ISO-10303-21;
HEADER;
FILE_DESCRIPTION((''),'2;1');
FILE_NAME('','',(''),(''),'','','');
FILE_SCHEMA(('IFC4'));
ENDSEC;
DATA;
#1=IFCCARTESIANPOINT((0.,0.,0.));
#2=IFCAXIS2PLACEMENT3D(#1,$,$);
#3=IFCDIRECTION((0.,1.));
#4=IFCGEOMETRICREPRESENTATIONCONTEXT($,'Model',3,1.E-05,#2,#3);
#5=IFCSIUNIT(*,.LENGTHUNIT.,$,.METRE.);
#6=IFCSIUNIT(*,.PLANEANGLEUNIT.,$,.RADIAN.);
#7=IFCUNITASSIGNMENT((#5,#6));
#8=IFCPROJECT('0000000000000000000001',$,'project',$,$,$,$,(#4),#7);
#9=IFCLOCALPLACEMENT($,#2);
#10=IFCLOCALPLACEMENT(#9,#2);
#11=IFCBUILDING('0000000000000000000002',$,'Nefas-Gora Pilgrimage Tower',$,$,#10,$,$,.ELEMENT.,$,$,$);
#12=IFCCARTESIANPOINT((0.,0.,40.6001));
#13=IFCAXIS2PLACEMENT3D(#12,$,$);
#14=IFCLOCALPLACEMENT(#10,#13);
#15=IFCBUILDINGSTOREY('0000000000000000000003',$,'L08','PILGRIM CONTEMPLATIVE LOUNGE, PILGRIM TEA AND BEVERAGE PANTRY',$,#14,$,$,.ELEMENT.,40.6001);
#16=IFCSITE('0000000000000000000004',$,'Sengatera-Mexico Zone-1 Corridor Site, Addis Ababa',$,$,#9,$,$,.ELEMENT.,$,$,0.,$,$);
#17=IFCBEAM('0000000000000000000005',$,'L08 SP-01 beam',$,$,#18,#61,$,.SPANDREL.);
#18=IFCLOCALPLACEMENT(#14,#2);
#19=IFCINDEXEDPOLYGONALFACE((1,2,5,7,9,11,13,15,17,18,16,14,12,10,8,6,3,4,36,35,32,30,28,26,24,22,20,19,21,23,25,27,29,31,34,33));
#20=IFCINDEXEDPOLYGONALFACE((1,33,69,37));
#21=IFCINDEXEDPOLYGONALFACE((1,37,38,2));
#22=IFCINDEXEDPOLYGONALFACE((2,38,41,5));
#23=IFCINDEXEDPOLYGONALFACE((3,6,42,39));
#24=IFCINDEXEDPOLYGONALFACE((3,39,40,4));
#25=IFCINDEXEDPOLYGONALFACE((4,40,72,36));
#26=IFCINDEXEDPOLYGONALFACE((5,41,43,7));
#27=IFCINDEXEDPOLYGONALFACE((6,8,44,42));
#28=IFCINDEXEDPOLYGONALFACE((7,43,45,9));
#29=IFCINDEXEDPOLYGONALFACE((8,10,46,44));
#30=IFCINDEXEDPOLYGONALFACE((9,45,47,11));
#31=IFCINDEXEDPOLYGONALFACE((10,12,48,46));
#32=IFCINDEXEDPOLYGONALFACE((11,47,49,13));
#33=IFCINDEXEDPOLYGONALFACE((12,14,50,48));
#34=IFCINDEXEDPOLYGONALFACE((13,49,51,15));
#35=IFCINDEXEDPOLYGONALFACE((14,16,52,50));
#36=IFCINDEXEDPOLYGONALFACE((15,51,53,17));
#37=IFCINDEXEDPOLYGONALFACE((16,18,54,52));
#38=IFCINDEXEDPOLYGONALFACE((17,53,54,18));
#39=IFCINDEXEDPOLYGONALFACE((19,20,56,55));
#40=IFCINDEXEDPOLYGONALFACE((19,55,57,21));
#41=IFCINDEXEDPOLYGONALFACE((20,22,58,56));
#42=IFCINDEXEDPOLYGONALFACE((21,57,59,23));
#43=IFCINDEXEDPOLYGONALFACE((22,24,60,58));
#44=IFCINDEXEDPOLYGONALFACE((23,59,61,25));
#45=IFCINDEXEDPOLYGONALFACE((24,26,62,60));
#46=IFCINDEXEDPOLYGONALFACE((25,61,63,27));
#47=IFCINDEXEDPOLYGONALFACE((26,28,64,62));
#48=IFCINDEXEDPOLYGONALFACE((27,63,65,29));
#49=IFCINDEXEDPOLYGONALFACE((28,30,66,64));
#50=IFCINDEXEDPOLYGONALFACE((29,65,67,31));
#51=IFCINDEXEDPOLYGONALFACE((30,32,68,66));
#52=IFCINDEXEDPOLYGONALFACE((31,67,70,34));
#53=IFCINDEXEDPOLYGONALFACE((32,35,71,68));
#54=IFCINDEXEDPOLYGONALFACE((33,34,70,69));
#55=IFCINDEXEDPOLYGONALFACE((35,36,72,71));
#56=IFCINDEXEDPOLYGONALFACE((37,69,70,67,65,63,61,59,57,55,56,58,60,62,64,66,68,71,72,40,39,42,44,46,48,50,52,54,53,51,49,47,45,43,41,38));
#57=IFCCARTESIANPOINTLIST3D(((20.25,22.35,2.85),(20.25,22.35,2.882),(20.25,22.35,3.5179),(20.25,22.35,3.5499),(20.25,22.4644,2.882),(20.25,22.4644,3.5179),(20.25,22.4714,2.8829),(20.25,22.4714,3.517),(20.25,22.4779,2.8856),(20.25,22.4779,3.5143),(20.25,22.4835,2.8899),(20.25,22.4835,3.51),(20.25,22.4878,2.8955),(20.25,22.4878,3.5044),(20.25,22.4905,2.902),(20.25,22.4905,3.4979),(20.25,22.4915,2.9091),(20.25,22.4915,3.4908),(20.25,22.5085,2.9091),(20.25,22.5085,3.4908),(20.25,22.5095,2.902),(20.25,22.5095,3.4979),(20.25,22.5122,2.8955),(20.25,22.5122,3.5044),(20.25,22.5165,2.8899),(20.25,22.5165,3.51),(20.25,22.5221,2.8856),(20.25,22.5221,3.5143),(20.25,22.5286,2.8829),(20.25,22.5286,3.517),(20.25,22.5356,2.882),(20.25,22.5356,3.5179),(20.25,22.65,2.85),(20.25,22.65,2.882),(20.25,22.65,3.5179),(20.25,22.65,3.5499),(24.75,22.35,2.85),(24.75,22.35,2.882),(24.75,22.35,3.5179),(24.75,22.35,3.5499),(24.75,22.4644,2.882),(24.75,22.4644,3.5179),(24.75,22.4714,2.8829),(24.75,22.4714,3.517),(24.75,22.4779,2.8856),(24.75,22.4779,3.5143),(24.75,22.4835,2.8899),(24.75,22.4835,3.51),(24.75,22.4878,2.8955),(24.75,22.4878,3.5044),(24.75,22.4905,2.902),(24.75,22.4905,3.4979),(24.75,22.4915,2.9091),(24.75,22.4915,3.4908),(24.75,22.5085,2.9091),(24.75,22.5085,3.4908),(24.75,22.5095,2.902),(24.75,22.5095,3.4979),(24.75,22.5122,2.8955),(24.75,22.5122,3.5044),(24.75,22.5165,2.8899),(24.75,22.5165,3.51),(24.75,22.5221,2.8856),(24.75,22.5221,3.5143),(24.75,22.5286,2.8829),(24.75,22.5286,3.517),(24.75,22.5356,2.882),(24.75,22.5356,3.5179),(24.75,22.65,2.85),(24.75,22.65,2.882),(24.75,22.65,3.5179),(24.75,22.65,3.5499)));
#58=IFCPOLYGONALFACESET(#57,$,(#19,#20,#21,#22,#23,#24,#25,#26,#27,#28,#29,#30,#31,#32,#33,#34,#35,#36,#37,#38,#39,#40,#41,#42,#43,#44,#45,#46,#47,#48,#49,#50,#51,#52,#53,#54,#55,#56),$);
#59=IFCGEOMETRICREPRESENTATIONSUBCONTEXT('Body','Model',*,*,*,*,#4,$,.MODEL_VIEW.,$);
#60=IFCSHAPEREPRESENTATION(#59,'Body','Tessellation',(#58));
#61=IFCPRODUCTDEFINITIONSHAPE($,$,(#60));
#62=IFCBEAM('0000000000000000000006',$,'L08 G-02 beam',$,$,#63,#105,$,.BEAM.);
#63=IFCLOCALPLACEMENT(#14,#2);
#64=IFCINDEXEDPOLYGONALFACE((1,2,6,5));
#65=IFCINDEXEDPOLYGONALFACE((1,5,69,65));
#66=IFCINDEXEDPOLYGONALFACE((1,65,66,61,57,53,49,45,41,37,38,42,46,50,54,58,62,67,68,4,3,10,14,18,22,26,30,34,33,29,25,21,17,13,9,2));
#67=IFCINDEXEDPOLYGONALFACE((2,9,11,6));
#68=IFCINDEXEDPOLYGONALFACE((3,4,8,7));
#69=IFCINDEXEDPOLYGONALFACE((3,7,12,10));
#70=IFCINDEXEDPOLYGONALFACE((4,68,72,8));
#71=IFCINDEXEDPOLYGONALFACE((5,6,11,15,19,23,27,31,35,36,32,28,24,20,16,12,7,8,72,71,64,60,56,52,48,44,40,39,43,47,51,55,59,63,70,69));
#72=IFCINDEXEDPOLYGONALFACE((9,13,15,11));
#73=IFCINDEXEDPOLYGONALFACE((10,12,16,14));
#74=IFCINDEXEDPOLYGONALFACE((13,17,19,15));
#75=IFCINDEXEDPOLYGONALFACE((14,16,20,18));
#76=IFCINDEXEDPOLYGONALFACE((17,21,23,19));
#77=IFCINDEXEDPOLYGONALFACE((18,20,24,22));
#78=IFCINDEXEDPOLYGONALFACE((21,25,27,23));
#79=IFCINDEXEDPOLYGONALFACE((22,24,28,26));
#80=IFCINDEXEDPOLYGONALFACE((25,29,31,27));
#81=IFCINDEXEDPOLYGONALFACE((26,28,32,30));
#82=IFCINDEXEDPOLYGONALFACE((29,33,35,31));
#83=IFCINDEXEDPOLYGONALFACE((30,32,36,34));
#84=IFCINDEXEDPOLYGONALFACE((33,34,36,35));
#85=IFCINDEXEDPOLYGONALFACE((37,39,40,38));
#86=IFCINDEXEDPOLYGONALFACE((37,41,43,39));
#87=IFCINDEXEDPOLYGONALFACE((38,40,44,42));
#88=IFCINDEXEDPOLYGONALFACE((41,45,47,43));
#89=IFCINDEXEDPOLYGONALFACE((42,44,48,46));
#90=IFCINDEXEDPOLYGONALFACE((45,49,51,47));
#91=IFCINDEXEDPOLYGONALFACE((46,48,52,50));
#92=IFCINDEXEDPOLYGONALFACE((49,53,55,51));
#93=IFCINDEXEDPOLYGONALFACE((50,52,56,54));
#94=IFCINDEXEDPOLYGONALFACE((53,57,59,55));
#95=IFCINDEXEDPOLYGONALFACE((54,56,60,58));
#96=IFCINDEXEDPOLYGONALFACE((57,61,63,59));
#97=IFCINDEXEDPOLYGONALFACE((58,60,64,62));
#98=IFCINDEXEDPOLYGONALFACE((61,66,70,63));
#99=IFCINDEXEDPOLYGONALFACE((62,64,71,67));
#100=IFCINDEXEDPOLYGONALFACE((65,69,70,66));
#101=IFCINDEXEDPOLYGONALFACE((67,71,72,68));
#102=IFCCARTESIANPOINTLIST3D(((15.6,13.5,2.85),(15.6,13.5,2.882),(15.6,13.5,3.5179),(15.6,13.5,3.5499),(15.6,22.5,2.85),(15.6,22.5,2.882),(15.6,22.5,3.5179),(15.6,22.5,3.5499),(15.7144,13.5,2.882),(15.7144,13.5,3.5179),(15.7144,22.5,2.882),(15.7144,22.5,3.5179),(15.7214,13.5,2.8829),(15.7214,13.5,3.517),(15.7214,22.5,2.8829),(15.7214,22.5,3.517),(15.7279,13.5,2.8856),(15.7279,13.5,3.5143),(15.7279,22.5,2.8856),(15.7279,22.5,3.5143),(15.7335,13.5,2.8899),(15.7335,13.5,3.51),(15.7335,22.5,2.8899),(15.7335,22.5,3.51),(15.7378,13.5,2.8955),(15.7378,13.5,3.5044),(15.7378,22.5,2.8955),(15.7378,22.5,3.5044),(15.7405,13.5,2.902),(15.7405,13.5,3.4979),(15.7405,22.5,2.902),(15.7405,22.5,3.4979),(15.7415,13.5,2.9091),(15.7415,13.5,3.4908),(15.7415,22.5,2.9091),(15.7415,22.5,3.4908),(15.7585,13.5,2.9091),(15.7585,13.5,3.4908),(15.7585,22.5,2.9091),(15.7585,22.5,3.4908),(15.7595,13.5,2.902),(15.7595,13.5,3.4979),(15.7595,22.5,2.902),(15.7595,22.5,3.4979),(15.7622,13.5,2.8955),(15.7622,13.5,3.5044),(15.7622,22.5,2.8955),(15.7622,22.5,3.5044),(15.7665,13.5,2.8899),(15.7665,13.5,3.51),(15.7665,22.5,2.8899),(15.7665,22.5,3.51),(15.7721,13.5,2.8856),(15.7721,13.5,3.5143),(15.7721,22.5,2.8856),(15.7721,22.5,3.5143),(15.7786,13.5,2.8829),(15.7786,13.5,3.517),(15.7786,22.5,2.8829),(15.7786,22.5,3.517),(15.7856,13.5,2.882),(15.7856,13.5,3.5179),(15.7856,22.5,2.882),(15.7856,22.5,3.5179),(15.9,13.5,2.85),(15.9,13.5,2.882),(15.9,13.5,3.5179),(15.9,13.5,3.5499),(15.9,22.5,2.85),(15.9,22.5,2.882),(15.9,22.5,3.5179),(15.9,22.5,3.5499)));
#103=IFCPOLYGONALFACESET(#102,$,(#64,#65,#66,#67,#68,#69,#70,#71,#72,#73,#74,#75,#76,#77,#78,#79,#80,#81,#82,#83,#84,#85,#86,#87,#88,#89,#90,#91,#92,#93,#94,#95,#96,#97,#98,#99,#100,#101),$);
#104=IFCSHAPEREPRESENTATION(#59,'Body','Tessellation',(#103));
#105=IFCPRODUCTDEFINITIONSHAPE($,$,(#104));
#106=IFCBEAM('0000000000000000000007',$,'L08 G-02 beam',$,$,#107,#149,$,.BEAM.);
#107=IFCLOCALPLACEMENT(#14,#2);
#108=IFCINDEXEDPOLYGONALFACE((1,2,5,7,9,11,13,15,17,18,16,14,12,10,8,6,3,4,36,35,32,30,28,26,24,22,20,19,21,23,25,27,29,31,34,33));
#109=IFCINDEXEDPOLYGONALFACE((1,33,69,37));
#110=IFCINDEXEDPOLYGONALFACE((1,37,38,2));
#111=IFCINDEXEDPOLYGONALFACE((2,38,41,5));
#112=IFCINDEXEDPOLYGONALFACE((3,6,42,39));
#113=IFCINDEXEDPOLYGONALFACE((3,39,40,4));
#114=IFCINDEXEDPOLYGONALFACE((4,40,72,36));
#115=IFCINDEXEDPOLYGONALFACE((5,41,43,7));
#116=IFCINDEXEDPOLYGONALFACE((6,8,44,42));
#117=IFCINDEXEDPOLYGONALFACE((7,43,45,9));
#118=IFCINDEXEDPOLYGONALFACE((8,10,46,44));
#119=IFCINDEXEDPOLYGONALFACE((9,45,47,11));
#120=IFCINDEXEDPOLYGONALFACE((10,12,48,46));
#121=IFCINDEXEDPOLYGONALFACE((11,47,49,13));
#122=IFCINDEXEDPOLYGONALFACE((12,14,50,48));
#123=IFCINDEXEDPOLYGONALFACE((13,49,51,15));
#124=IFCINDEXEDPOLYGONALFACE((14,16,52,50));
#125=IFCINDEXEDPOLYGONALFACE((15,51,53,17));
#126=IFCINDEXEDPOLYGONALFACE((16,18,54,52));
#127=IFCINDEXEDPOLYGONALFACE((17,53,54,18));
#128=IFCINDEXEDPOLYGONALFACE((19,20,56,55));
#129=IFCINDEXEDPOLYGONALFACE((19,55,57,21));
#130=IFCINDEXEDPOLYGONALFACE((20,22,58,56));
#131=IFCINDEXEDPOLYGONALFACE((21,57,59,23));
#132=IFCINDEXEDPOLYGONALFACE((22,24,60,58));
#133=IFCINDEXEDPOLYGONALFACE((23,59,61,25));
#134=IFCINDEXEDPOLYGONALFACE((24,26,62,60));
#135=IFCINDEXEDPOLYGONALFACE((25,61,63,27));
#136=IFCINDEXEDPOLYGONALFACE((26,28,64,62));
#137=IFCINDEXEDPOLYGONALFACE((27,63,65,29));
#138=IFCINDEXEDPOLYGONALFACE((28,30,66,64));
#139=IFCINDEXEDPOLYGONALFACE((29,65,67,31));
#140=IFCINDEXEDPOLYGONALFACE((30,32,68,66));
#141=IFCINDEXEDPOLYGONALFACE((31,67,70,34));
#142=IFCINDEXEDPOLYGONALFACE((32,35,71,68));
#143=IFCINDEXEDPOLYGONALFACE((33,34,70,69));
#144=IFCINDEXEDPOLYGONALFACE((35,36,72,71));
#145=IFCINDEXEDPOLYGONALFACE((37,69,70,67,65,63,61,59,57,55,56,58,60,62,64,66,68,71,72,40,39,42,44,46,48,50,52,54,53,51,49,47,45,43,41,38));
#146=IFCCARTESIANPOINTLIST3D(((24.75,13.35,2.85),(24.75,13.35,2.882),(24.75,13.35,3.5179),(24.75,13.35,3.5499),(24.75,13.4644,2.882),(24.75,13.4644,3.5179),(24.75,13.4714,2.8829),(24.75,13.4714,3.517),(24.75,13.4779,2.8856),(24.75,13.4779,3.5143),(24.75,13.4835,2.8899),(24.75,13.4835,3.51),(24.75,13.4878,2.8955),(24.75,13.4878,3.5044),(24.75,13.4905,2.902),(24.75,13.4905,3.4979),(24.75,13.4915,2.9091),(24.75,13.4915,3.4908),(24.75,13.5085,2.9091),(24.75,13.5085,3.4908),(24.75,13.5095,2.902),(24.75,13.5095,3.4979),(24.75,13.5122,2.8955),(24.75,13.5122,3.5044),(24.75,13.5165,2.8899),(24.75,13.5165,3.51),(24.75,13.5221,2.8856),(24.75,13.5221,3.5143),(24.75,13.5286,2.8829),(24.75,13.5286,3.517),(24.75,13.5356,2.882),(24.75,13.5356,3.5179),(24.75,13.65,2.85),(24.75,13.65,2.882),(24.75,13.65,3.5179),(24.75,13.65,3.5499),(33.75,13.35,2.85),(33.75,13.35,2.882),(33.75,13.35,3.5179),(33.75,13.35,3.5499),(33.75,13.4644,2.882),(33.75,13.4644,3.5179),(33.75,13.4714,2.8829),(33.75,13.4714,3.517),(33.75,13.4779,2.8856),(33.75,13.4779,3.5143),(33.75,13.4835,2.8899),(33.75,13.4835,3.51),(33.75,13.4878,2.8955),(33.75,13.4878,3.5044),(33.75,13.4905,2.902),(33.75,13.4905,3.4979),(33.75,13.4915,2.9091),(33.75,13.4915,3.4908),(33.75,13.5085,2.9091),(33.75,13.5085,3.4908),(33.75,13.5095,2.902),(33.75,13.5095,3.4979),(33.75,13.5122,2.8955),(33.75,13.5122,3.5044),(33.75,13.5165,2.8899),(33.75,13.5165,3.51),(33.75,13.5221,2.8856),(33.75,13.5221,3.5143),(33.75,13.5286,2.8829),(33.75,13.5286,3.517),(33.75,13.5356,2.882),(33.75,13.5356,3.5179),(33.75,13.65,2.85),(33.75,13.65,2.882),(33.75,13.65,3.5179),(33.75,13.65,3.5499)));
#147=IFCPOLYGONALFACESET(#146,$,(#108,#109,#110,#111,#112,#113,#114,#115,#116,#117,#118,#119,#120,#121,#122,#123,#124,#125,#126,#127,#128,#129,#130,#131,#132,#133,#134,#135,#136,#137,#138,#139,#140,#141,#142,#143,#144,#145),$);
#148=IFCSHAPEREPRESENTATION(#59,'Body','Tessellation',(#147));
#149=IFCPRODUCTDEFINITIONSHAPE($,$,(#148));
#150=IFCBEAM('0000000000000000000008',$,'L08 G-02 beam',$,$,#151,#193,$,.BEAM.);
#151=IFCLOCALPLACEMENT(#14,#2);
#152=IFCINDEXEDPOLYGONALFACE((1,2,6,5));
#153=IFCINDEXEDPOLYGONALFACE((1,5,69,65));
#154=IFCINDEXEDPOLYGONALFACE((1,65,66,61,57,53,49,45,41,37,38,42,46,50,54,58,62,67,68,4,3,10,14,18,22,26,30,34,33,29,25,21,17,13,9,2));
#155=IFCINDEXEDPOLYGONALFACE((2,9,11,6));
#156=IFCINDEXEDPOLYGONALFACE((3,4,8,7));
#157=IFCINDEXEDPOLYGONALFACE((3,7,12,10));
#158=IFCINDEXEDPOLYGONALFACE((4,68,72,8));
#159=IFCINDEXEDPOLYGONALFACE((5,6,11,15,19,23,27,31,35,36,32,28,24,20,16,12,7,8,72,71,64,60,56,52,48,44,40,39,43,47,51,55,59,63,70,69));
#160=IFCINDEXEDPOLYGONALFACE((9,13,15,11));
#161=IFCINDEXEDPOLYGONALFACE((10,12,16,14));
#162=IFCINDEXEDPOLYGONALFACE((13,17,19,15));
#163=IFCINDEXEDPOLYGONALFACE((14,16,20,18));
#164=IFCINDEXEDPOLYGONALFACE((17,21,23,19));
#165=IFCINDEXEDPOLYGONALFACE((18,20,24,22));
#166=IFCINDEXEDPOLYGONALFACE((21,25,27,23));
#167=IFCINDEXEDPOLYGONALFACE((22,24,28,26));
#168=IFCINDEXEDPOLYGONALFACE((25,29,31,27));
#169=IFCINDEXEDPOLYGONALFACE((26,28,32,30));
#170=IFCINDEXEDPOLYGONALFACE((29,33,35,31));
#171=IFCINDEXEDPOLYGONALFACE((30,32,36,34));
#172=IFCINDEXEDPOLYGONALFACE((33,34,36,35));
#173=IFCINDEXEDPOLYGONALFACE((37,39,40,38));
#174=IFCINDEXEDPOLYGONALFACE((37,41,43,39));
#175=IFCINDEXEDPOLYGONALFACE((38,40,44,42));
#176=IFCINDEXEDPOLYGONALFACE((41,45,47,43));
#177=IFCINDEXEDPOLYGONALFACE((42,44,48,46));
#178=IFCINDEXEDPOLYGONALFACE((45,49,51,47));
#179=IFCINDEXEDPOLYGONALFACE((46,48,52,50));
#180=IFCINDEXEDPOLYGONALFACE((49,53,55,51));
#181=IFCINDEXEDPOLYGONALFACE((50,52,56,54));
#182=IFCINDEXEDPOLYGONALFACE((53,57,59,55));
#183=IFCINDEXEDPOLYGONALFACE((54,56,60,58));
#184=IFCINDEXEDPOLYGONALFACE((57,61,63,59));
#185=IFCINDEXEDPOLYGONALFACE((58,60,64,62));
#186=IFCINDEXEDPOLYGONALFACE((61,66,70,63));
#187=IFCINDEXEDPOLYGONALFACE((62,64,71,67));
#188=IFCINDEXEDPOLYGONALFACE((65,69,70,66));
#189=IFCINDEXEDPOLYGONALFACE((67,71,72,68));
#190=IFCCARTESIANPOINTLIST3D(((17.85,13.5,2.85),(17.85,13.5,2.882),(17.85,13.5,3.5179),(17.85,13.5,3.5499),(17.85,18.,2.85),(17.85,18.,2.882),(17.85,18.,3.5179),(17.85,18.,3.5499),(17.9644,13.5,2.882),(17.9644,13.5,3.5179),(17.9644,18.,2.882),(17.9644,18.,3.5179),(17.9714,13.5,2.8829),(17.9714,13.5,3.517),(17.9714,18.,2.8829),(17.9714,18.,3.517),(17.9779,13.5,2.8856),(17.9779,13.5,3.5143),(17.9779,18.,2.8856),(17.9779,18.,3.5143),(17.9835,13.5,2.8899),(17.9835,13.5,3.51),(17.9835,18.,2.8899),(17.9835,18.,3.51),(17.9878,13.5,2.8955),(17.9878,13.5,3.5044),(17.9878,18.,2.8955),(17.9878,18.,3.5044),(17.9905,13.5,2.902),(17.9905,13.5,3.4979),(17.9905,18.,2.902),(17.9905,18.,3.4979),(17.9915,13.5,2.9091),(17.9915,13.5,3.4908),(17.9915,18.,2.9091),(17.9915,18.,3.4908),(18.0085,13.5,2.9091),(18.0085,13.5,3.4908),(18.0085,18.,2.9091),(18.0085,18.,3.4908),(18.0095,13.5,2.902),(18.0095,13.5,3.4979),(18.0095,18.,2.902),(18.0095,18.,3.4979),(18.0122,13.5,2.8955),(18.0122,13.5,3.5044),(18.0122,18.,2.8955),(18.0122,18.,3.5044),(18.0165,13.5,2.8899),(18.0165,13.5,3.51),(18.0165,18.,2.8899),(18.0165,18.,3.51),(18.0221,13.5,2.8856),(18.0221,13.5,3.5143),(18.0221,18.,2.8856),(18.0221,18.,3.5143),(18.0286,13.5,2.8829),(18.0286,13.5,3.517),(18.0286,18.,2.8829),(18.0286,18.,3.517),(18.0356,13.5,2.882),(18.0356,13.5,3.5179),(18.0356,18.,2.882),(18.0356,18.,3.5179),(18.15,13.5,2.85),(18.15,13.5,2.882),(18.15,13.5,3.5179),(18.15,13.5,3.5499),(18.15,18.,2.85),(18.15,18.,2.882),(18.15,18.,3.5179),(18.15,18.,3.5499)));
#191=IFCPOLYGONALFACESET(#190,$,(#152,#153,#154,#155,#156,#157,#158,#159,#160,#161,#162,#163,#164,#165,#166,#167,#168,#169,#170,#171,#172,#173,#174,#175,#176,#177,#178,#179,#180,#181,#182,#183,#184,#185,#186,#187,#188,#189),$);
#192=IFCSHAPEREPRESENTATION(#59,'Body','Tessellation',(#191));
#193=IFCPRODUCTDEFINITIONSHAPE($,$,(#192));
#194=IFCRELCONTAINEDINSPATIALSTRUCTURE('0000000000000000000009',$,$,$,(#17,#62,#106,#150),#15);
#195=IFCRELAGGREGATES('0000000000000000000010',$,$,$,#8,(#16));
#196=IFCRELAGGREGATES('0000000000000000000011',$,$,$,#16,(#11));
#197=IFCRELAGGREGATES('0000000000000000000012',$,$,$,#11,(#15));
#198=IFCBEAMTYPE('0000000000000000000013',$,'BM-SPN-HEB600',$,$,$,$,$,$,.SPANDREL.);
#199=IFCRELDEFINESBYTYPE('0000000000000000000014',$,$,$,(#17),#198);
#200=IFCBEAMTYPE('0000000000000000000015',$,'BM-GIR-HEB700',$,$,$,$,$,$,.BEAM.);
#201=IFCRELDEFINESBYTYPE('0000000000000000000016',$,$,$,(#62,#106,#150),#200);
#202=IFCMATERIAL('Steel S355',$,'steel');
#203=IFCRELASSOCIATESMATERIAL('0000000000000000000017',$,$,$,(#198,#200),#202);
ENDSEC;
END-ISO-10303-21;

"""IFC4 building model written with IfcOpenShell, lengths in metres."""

from ifc_helpers import new_model, si_unit, direction, frame, origin, origin_2d, place, context, subcontext, project, spatial, i_section, extrude, source, transform, mapped, material, material_profile, profile_set, type_object, element, save


model = new_model("IFC4")

# Units and contexts
model_context = context("Model", 3, precision=1e-05, world=origin(), true_north=direction((0.0, 1.0)))
body_context = subcontext(model_context, "Body", "Model", "MODEL_VIEW")
ifc_project = project(units=[si_unit("LENGTHUNIT", "METRE"), si_unit("PLANEANGLEUNIT", "RADIAN")], contexts=[model_context])

# Site, building, storey
site_placement = place(None, origin())
site = spatial("IfcSite", under=ifc_project, at=site_placement, Name="Sengatera-Mexico Zone-1 Corridor Site, Addis Ababa", CompositionType="ELEMENT", RefElevation=0.0)
building_placement = place(site_placement, origin())
building = spatial("IfcBuilding", under=site, at=building_placement, Name="Nefas-Gora Pilgrimage Tower", CompositionType="ELEMENT")
storey_placement = place(building_placement, frame((0.0, 0.0, 40.6001)))
storey = spatial("IfcBuildingStorey", under=building, at=storey_placement, Name="L08", Description="PILGRIM CONTEMPLATIVE LOUNGE, PILGRIM TEA AND BEVERAGE PANTRY", CompositionType="ELEMENT", Elevation=40.6001)

# Beams
ifc_material_1 = material(Name="Steel S355", Category="steel")
ifc_material_profile_1 = material_profile(ifc_material_1, i_section(OverallWidth=0.3, OverallDepth=0.7, WebThickness=0.0171, FlangeThickness=0.032, FilletRadius=0.0271, at=origin_2d()), Name="HEB 700")
ifc_profile_set_1 = profile_set([ifc_material_profile_1], Name="Steel S355")
beam_type_1 = type_object("IfcBeamType", Name="BM-SPN-HEB600", PredefinedType="SPANDREL", material=ifc_profile_set_1)
shared_shape_1 = source(origin(), body_context, "Body", "SweptSolid", [
    extrude(i_section(OverallWidth=0.3, OverallDepth=0.7, WebThickness=0.0171, FlangeThickness=0.032, FilletRadius=0.0271, at=origin_2d()), origin(), (0.0, 0.0, 1.0), 4.5),
])
beam_1_placement = place(storey_placement, frame((20.25, 22.5, 3.2), z_axis=(1.0, 0.0, 0.0), x_axis=(0.0, 1.0, 0.0)))
element("IfcBeam", 1, at=beam_1_placement, inside=storey, type_object=beam_type_1, Name="L08 SP-01 beam", PredefinedType="SPANDREL", context=body_context, shape_type="MappedRepresentation", body=[
    mapped(shared_shape_1, transform((0.0, 0.0, 0.0), x_axis=(1.0, 0.0, 0.0), y_axis=(0.0, 1.0, 0.0), z_axis=(0.0, 0.0, 1.0), scale=1.0)),
])
ifc_material_profile_2 = material_profile(ifc_material_1, i_section(OverallWidth=0.3, OverallDepth=0.7, WebThickness=0.0171, FlangeThickness=0.032, FilletRadius=0.0271, at=origin_2d()), Name="HEB 700")
ifc_profile_set_2 = profile_set([ifc_material_profile_2], Name="Steel S355")
beam_type_2 = type_object("IfcBeamType", Name="BM-GIR-HEB700", PredefinedType="BEAM", material=ifc_profile_set_2)
shared_shape_2 = source(origin(), body_context, "Body", "SweptSolid", [
    extrude(i_section(OverallWidth=0.3, OverallDepth=0.7, WebThickness=0.0171, FlangeThickness=0.032, FilletRadius=0.0271, at=origin_2d()), origin(), (0.0, 0.0, 1.0), 9.0),
])
for number, where, z_axis, x_axis, name in (
    (2, (15.75, 13.5, 3.2), (0.0, 1.0, 0.0), (-1.0, 0.0, 0.0), "L08 G-02 beam"),
    (3, (24.75, 13.5, 3.2), (1.0, 0.0, 0.0), (0.0, 1.0, 0.0), "L08 G-02 beam"),
):
    element("IfcBeam", number, at=place(storey_placement, frame(where, z_axis=z_axis, x_axis=x_axis)), inside=storey, type_object=beam_type_2, Name=name, PredefinedType="BEAM", context=body_context, shape_type="MappedRepresentation", body=[
        mapped(shared_shape_2, transform((0.0, 0.0, 0.0), x_axis=(1.0, 0.0, 0.0), y_axis=(0.0, 1.0, 0.0), z_axis=(0.0, 0.0, 1.0), scale=1.0)),
    ])
shared_shape_3 = source(origin(), body_context, "Body", "SweptSolid", [
    extrude(i_section(OverallWidth=0.3, OverallDepth=0.7, WebThickness=0.0171, FlangeThickness=0.032, FilletRadius=0.0271, at=origin_2d()), origin(), (0.0, 0.0, 1.0), 4.5),
])
for number, where, z_axis, x_axis, name in (
    (4, (18.0, 13.5, 3.2), (0.0, 1.0, 0.0), (-1.0, 0.0, 0.0), "L08 G-02 beam"),
):
    element("IfcBeam", number, at=place(storey_placement, frame(where, z_axis=z_axis, x_axis=x_axis)), inside=storey, type_object=beam_type_2, Name=name, PredefinedType="BEAM", context=body_context, shape_type="MappedRepresentation", body=[
        mapped(shared_shape_3, transform((0.0, 0.0, 0.0), x_axis=(1.0, 0.0, 0.0), y_axis=(0.0, 1.0, 0.0), z_axis=(0.0, 0.0, 1.0), scale=1.0)),
    ])

save(model, "model.ifc")
